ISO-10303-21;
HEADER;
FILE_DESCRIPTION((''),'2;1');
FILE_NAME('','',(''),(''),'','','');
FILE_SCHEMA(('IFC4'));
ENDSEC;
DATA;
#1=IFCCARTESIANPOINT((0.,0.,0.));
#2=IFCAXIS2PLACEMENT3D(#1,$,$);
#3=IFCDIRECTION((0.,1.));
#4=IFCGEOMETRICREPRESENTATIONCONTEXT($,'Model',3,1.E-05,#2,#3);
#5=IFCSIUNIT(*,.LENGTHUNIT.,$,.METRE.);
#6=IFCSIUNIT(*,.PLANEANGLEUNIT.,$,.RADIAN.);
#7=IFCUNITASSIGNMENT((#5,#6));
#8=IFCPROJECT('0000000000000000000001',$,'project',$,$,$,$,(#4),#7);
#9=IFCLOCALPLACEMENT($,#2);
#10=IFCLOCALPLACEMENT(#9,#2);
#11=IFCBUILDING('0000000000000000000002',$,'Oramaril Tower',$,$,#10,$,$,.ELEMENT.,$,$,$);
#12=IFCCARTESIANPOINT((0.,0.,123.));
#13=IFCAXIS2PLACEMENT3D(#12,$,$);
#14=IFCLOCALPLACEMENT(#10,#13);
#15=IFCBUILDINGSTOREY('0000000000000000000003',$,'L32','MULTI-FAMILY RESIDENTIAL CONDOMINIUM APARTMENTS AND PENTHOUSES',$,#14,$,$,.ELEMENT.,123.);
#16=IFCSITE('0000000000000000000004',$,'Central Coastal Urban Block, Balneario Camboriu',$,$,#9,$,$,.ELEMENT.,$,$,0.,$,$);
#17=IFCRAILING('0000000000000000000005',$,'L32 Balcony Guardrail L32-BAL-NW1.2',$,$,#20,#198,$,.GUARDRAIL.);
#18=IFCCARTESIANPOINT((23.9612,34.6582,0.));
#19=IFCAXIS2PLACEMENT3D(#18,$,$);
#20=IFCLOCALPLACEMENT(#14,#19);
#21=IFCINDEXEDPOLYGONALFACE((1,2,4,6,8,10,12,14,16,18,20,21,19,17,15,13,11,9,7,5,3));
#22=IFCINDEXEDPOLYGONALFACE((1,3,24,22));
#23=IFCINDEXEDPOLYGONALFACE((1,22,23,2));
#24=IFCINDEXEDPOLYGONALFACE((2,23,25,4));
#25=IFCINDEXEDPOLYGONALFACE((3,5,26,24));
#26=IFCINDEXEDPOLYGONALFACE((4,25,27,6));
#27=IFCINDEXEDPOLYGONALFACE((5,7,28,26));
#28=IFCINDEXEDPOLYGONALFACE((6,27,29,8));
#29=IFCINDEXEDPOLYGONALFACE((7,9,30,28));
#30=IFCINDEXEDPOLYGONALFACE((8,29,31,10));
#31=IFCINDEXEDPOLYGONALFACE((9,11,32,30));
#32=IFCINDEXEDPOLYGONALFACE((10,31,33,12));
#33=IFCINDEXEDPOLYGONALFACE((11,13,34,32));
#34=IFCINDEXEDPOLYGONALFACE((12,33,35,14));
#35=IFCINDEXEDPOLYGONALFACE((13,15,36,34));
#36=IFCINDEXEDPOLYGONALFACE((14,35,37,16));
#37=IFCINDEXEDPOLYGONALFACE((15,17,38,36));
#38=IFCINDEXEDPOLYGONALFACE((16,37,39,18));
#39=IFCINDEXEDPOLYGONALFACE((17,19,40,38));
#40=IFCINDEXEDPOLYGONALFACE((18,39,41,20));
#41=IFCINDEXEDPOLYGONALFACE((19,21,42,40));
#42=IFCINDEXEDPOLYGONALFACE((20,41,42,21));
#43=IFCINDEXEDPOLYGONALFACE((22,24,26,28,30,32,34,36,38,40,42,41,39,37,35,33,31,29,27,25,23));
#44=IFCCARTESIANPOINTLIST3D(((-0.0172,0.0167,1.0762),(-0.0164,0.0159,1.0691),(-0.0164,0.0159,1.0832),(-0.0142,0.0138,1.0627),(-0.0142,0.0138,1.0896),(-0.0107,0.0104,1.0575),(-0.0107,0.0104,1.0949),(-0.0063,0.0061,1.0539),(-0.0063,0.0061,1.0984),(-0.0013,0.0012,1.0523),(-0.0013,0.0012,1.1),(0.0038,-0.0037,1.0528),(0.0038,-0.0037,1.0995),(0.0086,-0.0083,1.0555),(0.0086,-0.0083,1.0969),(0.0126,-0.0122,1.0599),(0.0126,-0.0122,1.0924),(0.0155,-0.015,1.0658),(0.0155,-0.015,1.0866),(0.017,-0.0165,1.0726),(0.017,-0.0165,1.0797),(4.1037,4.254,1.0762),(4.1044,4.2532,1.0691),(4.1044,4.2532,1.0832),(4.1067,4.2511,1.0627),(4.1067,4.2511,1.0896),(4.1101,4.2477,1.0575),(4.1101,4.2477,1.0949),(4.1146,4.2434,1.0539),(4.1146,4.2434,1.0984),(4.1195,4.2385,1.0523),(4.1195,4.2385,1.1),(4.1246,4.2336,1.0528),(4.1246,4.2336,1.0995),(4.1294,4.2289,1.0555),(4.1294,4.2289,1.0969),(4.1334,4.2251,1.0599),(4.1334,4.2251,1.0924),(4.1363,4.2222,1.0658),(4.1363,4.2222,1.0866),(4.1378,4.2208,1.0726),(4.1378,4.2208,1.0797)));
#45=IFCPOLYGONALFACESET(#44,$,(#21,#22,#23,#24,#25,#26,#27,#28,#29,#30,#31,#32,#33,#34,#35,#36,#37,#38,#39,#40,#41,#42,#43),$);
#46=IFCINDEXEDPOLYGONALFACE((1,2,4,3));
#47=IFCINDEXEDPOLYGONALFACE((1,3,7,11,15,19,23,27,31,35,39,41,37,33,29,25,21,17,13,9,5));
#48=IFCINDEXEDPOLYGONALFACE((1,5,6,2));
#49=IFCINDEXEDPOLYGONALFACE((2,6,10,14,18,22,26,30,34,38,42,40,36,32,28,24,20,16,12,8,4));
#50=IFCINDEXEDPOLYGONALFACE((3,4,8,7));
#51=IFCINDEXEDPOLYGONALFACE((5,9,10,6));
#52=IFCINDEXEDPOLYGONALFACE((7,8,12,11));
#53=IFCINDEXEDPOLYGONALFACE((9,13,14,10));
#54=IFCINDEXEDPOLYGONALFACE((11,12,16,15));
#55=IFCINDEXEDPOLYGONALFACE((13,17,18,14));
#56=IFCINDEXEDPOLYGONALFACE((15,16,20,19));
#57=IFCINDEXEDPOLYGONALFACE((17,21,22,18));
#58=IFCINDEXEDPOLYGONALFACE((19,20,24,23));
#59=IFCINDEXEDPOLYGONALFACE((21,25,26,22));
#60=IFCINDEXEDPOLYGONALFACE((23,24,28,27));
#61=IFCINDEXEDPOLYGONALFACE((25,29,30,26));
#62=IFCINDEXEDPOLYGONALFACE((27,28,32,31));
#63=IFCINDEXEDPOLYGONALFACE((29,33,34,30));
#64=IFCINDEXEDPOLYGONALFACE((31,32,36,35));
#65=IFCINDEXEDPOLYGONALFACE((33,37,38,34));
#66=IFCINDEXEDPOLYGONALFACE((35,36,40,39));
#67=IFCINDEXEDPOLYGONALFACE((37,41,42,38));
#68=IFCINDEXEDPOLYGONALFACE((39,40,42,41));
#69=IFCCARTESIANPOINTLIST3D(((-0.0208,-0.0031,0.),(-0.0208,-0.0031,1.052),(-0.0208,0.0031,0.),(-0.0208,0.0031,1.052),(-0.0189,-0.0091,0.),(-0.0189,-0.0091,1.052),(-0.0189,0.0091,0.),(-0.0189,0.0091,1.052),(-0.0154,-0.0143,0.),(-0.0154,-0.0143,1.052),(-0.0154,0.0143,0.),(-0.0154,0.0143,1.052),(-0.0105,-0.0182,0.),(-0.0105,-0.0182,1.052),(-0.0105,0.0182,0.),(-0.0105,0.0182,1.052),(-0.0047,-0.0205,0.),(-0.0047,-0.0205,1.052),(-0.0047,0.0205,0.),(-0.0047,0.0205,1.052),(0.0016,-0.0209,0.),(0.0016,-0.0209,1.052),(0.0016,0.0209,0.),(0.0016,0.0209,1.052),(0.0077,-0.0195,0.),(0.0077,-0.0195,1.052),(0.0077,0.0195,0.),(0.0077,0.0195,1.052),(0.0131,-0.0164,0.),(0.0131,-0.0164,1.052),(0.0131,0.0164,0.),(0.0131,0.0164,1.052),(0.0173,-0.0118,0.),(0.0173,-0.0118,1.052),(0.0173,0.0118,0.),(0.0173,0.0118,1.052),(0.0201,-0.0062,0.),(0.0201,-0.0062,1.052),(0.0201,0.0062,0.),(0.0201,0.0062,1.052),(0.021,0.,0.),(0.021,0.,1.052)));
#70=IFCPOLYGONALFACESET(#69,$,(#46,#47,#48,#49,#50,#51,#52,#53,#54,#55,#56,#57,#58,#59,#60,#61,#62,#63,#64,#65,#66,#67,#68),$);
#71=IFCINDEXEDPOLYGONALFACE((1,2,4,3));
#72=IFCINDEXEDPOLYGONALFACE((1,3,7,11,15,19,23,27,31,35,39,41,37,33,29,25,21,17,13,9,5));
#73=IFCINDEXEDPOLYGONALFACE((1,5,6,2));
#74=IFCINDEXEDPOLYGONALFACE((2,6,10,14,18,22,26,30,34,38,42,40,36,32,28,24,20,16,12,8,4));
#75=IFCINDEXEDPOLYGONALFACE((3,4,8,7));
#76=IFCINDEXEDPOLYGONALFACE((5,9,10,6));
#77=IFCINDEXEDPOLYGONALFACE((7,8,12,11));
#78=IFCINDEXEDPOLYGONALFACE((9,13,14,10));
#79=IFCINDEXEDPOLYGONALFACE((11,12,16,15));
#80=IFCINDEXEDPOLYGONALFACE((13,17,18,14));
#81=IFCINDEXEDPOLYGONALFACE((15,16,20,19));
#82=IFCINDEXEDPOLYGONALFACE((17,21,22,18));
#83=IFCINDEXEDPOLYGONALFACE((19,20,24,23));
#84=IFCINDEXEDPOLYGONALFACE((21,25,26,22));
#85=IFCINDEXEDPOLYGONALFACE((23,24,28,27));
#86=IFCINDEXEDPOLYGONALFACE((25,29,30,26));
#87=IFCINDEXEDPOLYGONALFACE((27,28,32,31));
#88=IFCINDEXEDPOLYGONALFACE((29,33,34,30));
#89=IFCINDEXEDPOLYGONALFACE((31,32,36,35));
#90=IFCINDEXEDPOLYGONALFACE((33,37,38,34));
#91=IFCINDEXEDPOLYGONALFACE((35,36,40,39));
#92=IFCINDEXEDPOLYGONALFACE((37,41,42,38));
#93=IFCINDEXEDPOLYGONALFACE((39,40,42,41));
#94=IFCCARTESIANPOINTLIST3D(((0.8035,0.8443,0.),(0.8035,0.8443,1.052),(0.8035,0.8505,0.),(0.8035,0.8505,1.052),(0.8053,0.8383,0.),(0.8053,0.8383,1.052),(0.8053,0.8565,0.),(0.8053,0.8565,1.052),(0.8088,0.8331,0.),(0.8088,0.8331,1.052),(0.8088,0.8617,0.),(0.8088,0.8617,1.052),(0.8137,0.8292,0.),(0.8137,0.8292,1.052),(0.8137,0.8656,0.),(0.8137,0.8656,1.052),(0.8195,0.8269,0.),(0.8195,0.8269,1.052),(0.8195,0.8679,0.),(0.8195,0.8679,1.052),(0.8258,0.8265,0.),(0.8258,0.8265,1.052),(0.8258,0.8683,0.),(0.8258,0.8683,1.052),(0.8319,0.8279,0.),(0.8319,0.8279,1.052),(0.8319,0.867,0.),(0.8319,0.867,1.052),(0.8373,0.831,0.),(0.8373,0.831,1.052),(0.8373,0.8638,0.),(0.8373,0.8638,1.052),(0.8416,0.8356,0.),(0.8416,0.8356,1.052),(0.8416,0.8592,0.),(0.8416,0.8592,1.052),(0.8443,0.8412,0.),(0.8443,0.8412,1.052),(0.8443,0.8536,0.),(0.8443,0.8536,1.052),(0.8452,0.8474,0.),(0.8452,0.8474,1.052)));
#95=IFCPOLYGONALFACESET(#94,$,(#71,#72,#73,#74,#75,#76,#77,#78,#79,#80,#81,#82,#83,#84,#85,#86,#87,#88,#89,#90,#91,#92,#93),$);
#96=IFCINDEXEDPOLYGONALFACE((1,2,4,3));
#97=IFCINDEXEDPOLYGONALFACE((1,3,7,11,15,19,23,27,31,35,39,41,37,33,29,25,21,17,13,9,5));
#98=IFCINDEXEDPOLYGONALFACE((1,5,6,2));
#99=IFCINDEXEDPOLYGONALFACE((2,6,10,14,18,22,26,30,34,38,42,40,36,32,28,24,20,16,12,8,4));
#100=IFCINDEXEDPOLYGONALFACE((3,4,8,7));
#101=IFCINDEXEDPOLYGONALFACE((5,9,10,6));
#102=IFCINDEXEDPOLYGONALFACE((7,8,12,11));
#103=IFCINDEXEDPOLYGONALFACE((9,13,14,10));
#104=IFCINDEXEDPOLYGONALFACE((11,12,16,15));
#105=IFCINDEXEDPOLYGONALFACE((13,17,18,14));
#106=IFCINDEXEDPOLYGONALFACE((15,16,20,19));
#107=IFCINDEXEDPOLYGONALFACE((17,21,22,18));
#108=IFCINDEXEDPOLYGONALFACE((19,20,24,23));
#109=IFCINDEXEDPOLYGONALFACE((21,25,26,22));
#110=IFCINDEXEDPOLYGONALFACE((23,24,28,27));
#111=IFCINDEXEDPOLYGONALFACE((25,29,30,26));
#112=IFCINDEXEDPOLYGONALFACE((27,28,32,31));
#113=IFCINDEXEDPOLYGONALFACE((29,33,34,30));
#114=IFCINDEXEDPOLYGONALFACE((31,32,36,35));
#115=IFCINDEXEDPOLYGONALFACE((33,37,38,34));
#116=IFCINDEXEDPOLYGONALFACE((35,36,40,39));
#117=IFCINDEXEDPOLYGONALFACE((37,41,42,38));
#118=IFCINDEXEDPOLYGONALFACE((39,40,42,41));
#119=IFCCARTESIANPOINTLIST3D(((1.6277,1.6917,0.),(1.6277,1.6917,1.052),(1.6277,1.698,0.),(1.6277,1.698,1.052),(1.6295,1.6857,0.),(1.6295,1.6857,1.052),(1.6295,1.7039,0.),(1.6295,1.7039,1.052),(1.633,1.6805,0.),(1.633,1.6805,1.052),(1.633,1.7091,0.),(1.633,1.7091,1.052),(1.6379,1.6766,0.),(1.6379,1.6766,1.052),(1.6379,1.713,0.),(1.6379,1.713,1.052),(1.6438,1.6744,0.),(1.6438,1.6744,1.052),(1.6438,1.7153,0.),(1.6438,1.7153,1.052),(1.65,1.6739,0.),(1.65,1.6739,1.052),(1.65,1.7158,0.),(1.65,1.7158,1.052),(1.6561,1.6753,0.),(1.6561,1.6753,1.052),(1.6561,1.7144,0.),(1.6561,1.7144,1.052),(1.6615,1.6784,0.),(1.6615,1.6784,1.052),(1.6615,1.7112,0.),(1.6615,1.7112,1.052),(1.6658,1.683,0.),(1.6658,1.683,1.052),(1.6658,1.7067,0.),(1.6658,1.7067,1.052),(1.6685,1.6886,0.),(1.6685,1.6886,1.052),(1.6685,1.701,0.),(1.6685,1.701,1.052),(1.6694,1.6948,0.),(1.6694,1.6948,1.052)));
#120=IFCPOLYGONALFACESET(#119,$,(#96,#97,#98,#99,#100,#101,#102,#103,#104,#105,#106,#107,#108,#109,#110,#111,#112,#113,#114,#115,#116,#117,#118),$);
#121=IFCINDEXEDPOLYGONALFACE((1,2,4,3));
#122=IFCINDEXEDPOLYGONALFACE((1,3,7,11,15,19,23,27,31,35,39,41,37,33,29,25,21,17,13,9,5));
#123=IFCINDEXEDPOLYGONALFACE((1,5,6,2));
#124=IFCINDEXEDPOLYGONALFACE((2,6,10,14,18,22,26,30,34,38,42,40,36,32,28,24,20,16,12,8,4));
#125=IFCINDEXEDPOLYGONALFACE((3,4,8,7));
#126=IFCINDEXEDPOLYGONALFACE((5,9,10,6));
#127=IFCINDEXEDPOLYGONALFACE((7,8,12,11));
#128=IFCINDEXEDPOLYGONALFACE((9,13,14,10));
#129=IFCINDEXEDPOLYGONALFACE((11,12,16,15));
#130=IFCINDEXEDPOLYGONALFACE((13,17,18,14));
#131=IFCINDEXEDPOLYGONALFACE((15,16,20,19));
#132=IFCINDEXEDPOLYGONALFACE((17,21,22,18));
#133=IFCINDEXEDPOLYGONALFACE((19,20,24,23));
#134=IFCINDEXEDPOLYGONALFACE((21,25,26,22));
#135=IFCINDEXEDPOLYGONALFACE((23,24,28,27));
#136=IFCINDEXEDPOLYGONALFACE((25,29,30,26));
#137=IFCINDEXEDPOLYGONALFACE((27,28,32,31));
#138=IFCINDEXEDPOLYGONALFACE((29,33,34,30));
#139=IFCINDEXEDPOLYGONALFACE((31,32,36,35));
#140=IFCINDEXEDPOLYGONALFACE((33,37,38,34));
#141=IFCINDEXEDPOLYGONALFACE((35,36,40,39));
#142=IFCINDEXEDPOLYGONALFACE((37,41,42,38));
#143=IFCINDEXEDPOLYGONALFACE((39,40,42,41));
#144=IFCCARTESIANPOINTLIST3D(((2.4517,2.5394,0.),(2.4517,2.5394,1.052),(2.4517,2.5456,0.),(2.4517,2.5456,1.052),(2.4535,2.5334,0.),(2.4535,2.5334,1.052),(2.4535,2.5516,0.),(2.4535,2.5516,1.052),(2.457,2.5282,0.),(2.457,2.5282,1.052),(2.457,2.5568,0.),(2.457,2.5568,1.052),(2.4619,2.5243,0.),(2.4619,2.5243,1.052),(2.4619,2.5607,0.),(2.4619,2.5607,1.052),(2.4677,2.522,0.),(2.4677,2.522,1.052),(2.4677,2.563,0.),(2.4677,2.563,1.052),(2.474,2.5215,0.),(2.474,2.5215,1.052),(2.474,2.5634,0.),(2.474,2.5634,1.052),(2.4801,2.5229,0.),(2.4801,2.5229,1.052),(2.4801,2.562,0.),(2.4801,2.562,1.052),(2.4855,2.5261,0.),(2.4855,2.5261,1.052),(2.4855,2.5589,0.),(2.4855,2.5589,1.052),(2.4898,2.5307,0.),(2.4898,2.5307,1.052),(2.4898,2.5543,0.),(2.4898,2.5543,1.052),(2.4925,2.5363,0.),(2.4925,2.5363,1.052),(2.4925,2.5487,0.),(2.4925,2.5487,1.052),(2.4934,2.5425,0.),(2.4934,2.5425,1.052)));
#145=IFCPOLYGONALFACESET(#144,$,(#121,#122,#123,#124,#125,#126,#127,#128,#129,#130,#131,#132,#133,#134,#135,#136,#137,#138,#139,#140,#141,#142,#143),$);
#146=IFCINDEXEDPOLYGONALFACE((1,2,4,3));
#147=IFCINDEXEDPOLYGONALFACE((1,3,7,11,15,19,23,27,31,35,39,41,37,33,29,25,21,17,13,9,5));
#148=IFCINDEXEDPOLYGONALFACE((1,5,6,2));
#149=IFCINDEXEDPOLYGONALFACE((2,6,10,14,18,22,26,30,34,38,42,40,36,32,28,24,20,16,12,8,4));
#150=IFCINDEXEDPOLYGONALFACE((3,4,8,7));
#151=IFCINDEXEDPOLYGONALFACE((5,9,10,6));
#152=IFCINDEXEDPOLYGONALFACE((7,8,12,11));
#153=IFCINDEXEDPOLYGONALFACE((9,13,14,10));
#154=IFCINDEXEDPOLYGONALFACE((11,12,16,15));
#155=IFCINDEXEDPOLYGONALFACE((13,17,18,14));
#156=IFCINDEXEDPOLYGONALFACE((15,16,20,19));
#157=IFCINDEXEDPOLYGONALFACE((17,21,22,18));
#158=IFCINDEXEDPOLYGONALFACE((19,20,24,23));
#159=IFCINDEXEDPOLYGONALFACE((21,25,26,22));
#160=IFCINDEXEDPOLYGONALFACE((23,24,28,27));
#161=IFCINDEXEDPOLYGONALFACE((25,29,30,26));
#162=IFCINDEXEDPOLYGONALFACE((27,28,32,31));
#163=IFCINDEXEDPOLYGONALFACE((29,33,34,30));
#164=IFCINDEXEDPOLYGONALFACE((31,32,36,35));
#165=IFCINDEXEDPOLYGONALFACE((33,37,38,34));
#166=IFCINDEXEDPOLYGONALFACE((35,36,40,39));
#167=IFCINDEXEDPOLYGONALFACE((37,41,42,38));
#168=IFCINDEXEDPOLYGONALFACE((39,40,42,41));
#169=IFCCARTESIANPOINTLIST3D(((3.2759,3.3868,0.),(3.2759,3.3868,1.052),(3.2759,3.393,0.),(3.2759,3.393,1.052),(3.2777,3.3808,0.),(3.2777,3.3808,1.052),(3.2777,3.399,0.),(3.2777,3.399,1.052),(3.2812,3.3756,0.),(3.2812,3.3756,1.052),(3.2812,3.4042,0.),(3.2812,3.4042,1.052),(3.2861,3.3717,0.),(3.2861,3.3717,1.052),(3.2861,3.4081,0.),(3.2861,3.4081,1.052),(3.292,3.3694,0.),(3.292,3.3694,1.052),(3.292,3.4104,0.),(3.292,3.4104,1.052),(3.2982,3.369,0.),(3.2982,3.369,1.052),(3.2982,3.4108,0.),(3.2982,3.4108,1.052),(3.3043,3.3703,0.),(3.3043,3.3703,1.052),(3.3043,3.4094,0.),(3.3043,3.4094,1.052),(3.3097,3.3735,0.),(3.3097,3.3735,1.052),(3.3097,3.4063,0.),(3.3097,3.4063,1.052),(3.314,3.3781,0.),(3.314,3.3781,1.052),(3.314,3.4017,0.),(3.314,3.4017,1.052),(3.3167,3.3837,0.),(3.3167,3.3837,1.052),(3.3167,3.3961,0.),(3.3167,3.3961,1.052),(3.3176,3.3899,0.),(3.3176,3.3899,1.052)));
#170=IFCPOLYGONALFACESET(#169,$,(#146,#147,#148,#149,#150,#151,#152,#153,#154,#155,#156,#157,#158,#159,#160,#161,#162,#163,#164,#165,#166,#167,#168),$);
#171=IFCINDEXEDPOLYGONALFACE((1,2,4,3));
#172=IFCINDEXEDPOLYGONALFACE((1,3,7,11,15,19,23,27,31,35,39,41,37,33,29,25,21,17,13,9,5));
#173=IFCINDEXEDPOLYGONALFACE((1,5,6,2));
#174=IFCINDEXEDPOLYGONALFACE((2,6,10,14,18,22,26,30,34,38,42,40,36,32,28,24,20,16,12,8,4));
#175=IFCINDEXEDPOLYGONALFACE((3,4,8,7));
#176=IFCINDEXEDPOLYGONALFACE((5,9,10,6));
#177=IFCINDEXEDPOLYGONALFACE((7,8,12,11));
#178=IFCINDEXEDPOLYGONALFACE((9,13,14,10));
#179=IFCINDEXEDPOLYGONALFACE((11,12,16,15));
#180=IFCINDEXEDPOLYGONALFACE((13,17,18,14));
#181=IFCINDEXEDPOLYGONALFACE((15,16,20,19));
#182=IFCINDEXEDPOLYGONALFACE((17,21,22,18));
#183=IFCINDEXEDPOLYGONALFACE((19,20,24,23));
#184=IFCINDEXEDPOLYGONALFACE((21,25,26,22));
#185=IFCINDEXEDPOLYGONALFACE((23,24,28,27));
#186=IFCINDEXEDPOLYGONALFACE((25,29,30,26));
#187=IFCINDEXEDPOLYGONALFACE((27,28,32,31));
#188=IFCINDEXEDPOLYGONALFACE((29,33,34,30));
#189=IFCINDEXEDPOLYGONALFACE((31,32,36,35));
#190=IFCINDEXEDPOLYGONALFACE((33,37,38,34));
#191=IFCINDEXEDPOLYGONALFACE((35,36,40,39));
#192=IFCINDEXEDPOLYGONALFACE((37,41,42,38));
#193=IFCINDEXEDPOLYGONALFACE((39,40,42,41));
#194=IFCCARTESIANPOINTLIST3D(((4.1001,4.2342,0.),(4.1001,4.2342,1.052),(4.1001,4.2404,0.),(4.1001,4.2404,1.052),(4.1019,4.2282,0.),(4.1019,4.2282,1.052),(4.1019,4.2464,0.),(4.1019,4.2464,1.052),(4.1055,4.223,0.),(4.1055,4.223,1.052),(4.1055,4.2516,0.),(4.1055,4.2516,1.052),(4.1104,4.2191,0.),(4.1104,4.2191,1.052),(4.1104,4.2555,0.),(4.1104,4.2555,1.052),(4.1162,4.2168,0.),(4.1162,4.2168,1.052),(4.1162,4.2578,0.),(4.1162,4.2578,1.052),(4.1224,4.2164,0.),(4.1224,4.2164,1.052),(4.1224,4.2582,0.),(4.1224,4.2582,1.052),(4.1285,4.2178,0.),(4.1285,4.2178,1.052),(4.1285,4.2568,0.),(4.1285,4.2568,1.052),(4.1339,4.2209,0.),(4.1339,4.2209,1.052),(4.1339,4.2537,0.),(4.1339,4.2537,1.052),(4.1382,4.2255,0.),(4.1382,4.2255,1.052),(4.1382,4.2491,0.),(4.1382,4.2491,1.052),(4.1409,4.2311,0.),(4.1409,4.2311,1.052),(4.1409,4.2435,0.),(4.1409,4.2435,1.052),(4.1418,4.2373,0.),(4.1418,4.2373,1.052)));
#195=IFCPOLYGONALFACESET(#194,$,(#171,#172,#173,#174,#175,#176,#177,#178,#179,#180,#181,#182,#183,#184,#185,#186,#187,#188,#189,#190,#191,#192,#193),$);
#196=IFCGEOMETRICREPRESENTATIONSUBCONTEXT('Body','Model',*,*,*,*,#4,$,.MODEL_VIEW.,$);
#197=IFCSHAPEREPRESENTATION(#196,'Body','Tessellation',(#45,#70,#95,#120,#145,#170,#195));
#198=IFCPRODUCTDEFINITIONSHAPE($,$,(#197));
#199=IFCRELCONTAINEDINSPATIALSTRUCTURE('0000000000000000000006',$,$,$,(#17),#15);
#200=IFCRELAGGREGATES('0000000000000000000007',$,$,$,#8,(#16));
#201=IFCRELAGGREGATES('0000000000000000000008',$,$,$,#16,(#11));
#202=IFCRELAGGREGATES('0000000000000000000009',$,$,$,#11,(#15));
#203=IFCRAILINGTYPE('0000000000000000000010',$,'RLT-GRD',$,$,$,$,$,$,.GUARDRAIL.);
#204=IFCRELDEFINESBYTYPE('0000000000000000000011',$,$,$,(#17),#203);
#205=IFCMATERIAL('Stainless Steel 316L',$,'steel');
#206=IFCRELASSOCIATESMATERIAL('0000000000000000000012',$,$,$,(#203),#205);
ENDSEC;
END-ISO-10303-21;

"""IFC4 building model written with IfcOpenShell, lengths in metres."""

from ifc_helpers import new_model, si_unit, direction, frame, origin, origin_2d, place, context, subcontext, project, spatial, circle, extrude, material, type_object, element, save


model = new_model("IFC4")

# Units and contexts
model_context = context("Model", 3, precision=1e-05, world=origin(), true_north=direction((0.0, 1.0)))
body_context = subcontext(model_context, "Body", "Model", "MODEL_VIEW")
ifc_project = project(units=[si_unit("LENGTHUNIT", "METRE"), si_unit("PLANEANGLEUNIT", "RADIAN")], contexts=[model_context])

# Site, building, storey
site_placement = place(None, origin())
site = spatial("IfcSite", under=ifc_project, at=site_placement, Name="Central Coastal Urban Block, Balneario Camboriu", CompositionType="ELEMENT", RefElevation=0.0)
building_placement = place(site_placement, origin())
building = spatial("IfcBuilding", under=site, at=building_placement, Name="Oramaril Tower", CompositionType="ELEMENT")
storey_placement = place(building_placement, frame((0.0, 0.0, 123.0)))
storey = spatial("IfcBuildingStorey", under=building, at=storey_placement, Name="L32", Description="MULTI-FAMILY RESIDENTIAL CONDOMINIUM APARTMENTS AND PENTHOUSES", CompositionType="ELEMENT", Elevation=123.0)

# Railing
ifc_material_1 = material(Name="Stainless Steel 316L", Category="steel")
railing_type = type_object("IfcRailingType", Name="RLT-GRD", PredefinedType="GUARDRAIL", material=ifc_material_1)
railing_1_placement = place(storey_placement, frame((23.9612, 34.6582, 0.0)))
element("IfcRailing", 1, at=railing_1_placement, inside=storey, type_object=railing_type, Name="L32 Balcony Guardrail L32-BAL-NW1.2", PredefinedType="GUARDRAIL", context=body_context, shape_type="SweptSolid", body=[
    extrude(circle(Radius=0.0239, at=origin_2d()), frame((0.0, 0.0, 1.0762), z_axis=(0.697187, 0.716889, 0.0), x_axis=(-0.716889, 0.697187, 0.0)), (0.0, 0.0, 1.0), 5.9106),
    extrude(circle(Radius=0.021, at=origin_2d()), origin(), (0.0, 0.0, 1.0), 1.052),
    extrude(circle(Radius=0.021, at=origin_2d()), frame((0.8242, 0.8474, 0.0)), (0.0, 0.0, 1.0), 1.052),
    extrude(circle(Radius=0.021, at=origin_2d()), frame((1.6484, 1.6948, 0.0)), (0.0, 0.0, 1.0), 1.052),
    extrude(circle(Radius=0.021, at=origin_2d()), frame((2.4724, 2.5425, 0.0)), (0.0, 0.0, 1.0), 1.052),
    extrude(circle(Radius=0.021, at=origin_2d()), frame((3.2966, 3.3899, 0.0)), (0.0, 0.0, 1.0), 1.052),
    extrude(circle(Radius=0.021, at=origin_2d()), frame((4.1208, 4.2373, 0.0)), (0.0, 0.0, 1.0), 1.052),
])

save(model, "model.ifc")
